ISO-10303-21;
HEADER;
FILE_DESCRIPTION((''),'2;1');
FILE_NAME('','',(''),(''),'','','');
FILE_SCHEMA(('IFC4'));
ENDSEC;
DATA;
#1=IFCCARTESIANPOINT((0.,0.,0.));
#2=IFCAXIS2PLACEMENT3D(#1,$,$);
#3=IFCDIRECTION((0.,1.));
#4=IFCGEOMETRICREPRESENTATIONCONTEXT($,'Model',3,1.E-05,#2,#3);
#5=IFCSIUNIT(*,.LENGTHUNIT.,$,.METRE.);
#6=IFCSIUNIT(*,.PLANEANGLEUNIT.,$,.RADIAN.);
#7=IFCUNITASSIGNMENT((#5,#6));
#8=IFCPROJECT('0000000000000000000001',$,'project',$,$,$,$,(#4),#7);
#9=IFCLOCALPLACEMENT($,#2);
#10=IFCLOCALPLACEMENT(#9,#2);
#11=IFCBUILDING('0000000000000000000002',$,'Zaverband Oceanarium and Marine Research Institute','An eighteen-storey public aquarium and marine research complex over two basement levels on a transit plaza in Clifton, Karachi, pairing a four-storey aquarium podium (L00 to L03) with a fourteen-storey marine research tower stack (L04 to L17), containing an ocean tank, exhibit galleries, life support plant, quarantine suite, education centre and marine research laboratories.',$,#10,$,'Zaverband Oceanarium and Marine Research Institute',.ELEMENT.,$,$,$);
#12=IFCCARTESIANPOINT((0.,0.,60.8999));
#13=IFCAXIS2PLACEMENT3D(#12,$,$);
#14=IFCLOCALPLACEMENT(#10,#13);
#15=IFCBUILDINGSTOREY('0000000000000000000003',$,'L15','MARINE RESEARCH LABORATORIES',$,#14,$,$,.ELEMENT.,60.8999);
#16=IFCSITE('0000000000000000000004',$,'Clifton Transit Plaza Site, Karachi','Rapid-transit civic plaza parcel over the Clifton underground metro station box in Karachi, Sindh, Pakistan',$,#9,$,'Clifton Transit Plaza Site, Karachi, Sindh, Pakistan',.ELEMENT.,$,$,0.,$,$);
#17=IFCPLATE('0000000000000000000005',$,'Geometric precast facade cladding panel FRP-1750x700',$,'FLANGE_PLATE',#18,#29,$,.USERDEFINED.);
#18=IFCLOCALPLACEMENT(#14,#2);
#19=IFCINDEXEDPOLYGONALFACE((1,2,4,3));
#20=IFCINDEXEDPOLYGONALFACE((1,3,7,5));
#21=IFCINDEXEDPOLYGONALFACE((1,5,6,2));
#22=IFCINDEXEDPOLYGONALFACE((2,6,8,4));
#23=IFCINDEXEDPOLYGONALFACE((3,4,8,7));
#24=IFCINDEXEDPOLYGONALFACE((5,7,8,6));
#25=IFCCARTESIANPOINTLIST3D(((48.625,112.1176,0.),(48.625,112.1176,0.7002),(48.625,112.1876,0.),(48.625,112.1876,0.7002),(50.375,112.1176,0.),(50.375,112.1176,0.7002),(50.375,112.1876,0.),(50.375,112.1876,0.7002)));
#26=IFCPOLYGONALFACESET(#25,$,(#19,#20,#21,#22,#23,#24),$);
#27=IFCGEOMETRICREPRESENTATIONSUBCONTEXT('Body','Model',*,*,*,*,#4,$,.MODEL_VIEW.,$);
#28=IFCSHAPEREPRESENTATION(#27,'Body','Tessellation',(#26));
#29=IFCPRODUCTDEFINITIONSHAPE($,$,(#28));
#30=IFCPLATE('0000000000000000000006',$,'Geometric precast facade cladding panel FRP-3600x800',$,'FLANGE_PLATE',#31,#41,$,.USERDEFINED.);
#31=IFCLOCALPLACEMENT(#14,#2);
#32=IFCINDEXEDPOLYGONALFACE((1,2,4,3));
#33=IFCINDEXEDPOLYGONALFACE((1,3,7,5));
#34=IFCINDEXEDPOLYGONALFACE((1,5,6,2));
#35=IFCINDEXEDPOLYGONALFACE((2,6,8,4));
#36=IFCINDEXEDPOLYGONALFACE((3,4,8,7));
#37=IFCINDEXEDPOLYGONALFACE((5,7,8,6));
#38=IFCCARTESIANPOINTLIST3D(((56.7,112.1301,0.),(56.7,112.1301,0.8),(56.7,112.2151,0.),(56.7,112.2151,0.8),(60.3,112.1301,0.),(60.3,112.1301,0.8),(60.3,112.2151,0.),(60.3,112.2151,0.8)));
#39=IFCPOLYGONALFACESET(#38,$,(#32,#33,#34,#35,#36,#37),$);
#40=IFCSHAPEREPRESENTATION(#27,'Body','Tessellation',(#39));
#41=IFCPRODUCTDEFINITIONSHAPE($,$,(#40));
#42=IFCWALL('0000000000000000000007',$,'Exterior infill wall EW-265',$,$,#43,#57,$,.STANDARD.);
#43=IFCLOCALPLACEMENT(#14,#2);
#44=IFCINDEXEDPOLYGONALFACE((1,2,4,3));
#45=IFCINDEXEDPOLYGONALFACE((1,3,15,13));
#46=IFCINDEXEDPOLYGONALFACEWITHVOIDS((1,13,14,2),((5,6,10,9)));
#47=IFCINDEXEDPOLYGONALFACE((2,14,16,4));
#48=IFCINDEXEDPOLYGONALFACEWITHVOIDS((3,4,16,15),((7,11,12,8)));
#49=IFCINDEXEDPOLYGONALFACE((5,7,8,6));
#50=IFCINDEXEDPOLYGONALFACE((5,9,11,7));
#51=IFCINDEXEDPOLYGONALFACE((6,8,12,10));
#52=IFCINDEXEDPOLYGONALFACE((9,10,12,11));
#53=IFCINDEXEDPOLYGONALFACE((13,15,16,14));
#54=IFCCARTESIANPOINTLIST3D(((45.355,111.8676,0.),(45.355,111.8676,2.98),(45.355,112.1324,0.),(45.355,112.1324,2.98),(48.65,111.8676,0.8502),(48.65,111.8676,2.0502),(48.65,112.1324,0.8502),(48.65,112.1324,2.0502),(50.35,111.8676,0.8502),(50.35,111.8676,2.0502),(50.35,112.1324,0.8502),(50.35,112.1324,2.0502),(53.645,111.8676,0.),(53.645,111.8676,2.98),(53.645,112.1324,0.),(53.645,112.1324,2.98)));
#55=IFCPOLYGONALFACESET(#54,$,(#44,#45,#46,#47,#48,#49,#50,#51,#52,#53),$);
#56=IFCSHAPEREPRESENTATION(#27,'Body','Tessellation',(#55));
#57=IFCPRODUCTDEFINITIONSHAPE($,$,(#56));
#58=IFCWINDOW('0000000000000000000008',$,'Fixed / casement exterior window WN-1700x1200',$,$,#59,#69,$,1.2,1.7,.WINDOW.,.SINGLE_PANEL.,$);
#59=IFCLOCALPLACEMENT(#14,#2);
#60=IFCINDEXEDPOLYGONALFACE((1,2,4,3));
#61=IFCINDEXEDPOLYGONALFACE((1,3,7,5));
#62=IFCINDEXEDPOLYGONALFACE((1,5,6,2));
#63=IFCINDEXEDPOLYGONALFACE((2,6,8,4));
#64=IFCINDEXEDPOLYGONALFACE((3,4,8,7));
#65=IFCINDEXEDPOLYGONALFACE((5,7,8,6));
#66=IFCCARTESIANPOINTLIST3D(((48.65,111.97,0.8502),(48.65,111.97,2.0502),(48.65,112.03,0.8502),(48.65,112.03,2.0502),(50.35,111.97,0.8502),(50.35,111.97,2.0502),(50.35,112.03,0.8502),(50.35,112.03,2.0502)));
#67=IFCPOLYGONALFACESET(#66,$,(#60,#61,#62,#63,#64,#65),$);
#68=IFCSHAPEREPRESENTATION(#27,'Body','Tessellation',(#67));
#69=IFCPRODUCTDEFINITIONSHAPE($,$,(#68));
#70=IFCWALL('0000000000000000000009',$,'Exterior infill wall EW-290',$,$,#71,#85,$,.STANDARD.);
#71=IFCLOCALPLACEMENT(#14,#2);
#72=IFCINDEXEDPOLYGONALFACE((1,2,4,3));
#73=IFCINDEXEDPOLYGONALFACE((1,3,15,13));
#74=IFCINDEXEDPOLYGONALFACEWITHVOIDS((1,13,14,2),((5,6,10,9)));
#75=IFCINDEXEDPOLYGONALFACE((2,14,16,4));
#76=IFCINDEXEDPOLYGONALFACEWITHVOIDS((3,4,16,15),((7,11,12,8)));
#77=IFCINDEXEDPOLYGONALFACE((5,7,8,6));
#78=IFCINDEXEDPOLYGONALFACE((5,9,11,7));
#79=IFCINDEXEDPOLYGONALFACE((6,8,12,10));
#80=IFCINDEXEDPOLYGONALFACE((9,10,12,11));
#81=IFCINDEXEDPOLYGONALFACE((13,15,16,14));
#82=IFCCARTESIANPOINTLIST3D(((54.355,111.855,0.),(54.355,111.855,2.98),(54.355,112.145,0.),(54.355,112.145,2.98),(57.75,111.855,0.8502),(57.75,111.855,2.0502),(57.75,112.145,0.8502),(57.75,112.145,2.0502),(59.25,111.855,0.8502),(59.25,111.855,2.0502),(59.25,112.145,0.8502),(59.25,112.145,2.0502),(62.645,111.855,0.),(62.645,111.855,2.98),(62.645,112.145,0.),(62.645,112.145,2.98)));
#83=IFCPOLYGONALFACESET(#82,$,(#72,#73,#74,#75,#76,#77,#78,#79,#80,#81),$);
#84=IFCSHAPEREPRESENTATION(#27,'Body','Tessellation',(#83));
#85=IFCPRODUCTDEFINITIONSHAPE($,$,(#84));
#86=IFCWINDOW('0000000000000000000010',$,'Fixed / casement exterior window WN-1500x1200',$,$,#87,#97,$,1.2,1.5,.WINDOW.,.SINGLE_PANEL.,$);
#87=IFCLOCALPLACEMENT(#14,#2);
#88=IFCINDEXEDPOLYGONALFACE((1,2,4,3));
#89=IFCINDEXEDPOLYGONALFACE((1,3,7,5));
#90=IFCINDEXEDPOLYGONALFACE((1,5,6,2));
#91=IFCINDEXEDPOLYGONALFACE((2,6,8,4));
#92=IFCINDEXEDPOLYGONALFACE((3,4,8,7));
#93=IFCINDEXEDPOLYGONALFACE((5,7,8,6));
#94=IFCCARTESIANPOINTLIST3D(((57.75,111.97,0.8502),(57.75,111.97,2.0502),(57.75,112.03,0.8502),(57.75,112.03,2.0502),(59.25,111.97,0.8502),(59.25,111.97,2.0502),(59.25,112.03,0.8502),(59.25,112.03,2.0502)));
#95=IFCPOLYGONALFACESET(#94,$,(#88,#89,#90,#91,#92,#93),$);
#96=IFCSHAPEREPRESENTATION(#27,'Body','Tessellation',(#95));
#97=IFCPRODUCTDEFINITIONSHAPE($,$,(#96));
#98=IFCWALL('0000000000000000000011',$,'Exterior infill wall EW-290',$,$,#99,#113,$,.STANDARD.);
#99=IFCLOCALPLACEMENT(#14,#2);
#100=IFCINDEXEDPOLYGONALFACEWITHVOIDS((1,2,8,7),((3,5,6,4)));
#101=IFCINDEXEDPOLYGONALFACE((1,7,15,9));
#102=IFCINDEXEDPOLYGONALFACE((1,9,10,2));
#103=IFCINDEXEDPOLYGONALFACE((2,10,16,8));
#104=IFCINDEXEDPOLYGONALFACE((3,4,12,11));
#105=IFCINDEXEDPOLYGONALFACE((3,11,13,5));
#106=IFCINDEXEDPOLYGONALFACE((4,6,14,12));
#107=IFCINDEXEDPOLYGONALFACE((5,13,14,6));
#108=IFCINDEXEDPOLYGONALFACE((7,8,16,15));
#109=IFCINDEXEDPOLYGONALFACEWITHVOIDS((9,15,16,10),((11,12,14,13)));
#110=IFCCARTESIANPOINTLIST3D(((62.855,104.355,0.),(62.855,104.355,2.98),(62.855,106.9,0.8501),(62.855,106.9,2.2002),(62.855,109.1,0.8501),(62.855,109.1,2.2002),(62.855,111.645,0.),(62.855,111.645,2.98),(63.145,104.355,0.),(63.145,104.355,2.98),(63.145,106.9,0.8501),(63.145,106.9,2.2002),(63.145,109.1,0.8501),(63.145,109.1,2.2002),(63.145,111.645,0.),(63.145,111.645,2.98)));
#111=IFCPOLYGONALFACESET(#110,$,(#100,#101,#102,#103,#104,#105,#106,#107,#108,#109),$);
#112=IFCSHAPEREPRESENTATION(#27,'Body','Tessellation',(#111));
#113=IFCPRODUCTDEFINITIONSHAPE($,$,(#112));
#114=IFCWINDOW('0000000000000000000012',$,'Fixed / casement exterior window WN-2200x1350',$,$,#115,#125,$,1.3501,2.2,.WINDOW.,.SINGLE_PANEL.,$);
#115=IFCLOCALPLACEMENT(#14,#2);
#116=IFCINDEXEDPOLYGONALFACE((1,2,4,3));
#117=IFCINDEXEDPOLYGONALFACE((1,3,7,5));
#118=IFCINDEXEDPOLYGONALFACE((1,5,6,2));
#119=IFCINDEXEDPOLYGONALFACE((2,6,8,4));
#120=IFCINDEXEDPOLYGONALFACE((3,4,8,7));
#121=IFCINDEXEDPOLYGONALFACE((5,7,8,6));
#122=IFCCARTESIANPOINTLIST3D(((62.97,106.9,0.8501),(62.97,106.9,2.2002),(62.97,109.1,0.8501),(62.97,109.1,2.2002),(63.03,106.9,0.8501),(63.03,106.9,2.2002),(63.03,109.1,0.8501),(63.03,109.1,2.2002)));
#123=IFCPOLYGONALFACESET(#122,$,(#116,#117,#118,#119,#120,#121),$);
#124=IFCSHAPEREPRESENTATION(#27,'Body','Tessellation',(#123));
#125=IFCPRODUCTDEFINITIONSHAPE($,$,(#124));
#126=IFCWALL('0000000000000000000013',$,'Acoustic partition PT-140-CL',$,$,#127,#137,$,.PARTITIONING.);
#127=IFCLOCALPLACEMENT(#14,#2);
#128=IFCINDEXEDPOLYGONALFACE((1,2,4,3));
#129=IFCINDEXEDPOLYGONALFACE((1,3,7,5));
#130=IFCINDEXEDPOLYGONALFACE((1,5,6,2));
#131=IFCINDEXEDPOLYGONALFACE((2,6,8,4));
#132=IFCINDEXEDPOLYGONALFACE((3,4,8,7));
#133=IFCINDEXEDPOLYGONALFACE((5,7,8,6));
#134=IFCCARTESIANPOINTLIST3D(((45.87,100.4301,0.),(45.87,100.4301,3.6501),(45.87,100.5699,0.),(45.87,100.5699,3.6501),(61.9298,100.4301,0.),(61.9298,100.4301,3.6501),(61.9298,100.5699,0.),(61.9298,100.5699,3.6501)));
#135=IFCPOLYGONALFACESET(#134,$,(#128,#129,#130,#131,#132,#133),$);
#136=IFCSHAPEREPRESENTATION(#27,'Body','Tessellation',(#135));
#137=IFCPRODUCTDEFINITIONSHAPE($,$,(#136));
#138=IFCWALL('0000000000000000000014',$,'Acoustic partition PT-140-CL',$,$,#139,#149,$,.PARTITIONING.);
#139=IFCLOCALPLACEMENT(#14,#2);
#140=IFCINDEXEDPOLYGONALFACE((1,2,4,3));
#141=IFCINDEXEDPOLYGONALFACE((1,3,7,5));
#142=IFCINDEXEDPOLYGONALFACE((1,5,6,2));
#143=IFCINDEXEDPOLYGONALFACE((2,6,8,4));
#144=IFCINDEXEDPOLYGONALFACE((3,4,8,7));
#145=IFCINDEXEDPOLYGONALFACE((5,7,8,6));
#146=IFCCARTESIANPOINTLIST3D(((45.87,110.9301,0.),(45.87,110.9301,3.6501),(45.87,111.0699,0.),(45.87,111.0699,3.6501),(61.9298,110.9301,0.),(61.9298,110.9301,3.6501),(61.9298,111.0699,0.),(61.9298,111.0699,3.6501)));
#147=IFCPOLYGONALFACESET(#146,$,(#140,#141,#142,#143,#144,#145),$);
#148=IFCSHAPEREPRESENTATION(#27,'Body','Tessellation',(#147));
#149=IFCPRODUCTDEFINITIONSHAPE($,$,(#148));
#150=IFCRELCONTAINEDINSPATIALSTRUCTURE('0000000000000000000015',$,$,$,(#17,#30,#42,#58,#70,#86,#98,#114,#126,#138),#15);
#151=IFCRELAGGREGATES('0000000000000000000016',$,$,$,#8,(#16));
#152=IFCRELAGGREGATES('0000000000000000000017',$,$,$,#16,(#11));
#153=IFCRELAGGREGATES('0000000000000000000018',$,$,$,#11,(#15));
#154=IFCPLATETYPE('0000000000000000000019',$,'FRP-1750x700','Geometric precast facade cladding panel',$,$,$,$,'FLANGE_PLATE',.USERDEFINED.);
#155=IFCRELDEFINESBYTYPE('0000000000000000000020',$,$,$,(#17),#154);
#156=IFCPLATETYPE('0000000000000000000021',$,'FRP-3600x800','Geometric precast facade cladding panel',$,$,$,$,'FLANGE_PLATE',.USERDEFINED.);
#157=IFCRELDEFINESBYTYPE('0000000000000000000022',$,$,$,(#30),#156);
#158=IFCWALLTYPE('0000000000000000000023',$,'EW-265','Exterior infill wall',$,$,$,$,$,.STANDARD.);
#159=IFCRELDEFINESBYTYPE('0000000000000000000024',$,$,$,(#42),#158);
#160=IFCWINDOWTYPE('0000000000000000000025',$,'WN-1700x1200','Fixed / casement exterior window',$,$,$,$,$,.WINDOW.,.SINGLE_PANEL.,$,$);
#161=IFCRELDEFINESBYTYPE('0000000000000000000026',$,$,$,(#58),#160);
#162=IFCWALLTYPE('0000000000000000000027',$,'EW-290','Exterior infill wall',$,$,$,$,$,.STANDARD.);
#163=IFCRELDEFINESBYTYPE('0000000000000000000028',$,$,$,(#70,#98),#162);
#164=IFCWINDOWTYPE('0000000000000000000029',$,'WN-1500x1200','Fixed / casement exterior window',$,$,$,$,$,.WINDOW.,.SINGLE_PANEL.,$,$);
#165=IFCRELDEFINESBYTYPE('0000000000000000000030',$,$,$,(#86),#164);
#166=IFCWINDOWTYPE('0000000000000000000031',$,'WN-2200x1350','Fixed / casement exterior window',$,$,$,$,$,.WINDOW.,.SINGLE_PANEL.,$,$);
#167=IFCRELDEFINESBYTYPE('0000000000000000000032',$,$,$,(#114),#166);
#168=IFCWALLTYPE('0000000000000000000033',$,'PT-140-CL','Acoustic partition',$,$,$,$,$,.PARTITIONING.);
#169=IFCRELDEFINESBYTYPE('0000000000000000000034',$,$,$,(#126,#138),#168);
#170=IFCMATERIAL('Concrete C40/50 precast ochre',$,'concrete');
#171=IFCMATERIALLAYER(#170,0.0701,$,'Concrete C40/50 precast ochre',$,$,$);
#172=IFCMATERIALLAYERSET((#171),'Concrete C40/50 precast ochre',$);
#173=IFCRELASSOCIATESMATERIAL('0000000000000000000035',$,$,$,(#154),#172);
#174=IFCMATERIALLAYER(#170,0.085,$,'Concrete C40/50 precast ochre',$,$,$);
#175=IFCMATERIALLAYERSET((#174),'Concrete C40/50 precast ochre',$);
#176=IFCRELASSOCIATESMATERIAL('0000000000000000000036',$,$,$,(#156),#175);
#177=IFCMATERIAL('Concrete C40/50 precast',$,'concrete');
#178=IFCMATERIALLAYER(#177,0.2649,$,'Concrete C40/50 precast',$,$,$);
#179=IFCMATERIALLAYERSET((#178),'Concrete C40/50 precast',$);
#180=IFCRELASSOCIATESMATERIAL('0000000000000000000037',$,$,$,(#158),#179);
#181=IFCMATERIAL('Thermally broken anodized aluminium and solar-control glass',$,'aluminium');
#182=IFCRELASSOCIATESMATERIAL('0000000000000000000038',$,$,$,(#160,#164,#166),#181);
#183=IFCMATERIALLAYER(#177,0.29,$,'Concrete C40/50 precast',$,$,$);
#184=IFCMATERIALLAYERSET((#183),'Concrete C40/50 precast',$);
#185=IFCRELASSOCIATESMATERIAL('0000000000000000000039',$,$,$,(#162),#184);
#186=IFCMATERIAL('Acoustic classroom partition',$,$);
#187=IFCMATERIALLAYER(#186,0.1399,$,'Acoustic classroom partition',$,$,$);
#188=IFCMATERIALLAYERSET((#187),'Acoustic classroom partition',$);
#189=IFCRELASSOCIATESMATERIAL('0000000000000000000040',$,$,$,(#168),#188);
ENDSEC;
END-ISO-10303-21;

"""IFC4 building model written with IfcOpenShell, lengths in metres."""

from ifc_helpers import new_model, si_unit, direction, frame, frame_2d, origin, place, context, subcontext, project, spatial, rectangle, extrude, material, layer, layer_set, type_object, element, fill, save


model = new_model("IFC4")

# Units and contexts
model_context = context("Model", 3, precision=1e-05, world=origin(), true_north=direction((0.0, 1.0)))
body_context = subcontext(model_context, "Body", "Model", "MODEL_VIEW")
ifc_project = project(units=[si_unit("LENGTHUNIT", "METRE"), si_unit("PLANEANGLEUNIT", "RADIAN")], contexts=[model_context])

# Site, building, storey
site_placement = place(None, origin())
site = spatial("IfcSite", under=ifc_project, at=site_placement, Name="Clifton Transit Plaza Site, Karachi", Description="Rapid-transit civic plaza parcel over the Clifton underground metro station box in Karachi, Sindh, Pakistan", LongName="Clifton Transit Plaza Site, Karachi, Sindh, Pakistan", CompositionType="ELEMENT", RefElevation=0.0)
building_placement = place(site_placement, origin())
building = spatial("IfcBuilding", under=site, at=building_placement, Name="Zaverband Oceanarium and Marine Research Institute", Description="An eighteen-storey public aquarium and marine research complex over two basement levels on a transit plaza in Clifton, Karachi, pairing a four-storey aquarium podium (L00 to L03) with a fourteen-storey marine research tower stack (L04 to L17), containing an ocean tank, exhibit galleries, life support plant, quarantine suite, education centre and marine research laboratories.", LongName="Zaverband Oceanarium and Marine Research Institute", CompositionType="ELEMENT")
storey_placement = place(building_placement, frame((0.0, 0.0, 60.8999)))
storey = spatial("IfcBuildingStorey", under=building, at=storey_placement, Name="L15", Description="MARINE RESEARCH LABORATORIES", CompositionType="ELEMENT", Elevation=60.8999)

# Plates
ifc_material_1 = material(Name="Concrete C40/50 precast ochre", Category="concrete")
ifc_layer_1 = layer(ifc_material_1, 0.0701, Name="Concrete C40/50 precast ochre")
ifc_layer_set_1 = layer_set([ifc_layer_1], Name="Concrete C40/50 precast ochre")
plate_type_1 = type_object("IfcPlateType", Name="FRP-1750x700", Description="Geometric precast facade cladding panel", ElementType="FLANGE_PLATE", PredefinedType="USERDEFINED", material=ifc_layer_set_1)
plate_1_placement = place(storey_placement, frame((48.625, 112.1526, 0.0), z_axis=(0.0, 0.0, 1.0), x_axis=(1.0, 0.0, 0.0)))
element("IfcPlate", 1, at=plate_1_placement, inside=storey, type_object=plate_type_1, Name="Geometric precast facade cladding panel FRP-1750x700", ObjectType="FLANGE_PLATE", PredefinedType="USERDEFINED", context=body_context, shape_type="SweptSolid", body=[
    extrude(rectangle(XDim=1.75, YDim=0.0701, at=frame_2d((0.875, 0.0))), origin(), (0.0, 0.0, 1.0), 0.7002),
])
ifc_layer_2 = layer(ifc_material_1, 0.085, Name="Concrete C40/50 precast ochre")
ifc_layer_set_2 = layer_set([ifc_layer_2], Name="Concrete C40/50 precast ochre")
plate_type_2 = type_object("IfcPlateType", Name="FRP-3600x800", Description="Geometric precast facade cladding panel", ElementType="FLANGE_PLATE", PredefinedType="USERDEFINED", material=ifc_layer_set_2)
plate_2_placement = place(storey_placement, frame((56.7, 112.1726, 0.0), z_axis=(0.0, 0.0, 1.0), x_axis=(1.0, 0.0, 0.0)))
element("IfcPlate", 2, at=plate_2_placement, inside=storey, type_object=plate_type_2, Name="Geometric precast facade cladding panel FRP-3600x800", ObjectType="FLANGE_PLATE", PredefinedType="USERDEFINED", context=body_context, shape_type="SweptSolid", body=[
    extrude(rectangle(XDim=3.6001, YDim=0.085, at=frame_2d((1.8, 0.0))), origin(), (0.0, 0.0, 1.0), 0.8),
])

# Walls, openings, windows
ifc_material_2 = material(Name="Concrete C40/50 precast", Category="concrete")
ifc_layer_3 = layer(ifc_material_2, 0.2649, Name="Concrete C40/50 precast")
ifc_layer_set_3 = layer_set([ifc_layer_3], Name="Concrete C40/50 precast")
wall_type_1 = type_object("IfcWallType", Name="EW-265", Description="Exterior infill wall", PredefinedType="STANDARD", material=ifc_layer_set_3)
wall_1_placement = place(storey_placement, frame((45.355, 112.0, 0.0), z_axis=(0.0, 0.0, 1.0), x_axis=(1.0, 0.0, 0.0)))
wall_1 = element("IfcWall", 3, at=wall_1_placement, inside=storey, type_object=wall_type_1, Name="Exterior infill wall EW-265", PredefinedType="STANDARD", context=body_context, shape_type="SweptSolid", body=[
    extrude(rectangle(XDim=8.29, YDim=0.2649, at=frame_2d((4.145, 0.0))), origin(), (0.0, 0.0, 1.0), 2.98),
])
opening_1_placement = place(wall_1_placement, frame((3.2949, 0.0, 0.8501)))
opening_1 = element("IfcOpeningElement", 4, at=opening_1_placement, cuts=wall_1, PredefinedType="OPENING", context=body_context, shape_type="SweptSolid", body=[
    extrude(rectangle(XDim=1.7, YDim=1.2, at=frame_2d((0.8501, 0.6001))), frame((0.0, 0.1445, 0.0), z_axis=(0.0, -1.0, 0.0), x_axis=(1.0, 0.0, 0.0)), (0.0, 0.0, 1.0), 0.2888),
])
ifc_material_3 = material(Name="Thermally broken anodized aluminium and solar-control glass", Category="aluminium")
window_type_1 = type_object("IfcWindowType", Name="WN-1700x1200", Description="Fixed / casement exterior window", PartitioningType="SINGLE_PANEL", PredefinedType="WINDOW", material=ifc_material_3)
window_1_placement = place(opening_1_placement, origin())
window_1 = element("IfcWindow", 5, at=window_1_placement, inside=storey, type_object=window_type_1, Name="Fixed / casement exterior window WN-1700x1200", OverallHeight=1.2, OverallWidth=1.7, PartitioningType="SINGLE_PANEL", PredefinedType="WINDOW", context=body_context, shape_type="SweptSolid", body=[
    extrude(rectangle(XDim=1.7, YDim=1.2, at=frame_2d((0.8501, 0.6001))), frame((0.0, 0.03, 0.0), z_axis=(0.0, -1.0, 0.0), x_axis=(1.0, 0.0, 0.0)), (0.0, 0.0, 1.0), 0.0601),
])
fill(opening_1, window_1)
ifc_layer_4 = layer(ifc_material_2, 0.29, Name="Concrete C40/50 precast")
ifc_layer_set_4 = layer_set([ifc_layer_4], Name="Concrete C40/50 precast")
wall_type_2 = type_object("IfcWallType", Name="EW-290", Description="Exterior infill wall", PredefinedType="STANDARD", material=ifc_layer_set_4)
wall_2_placement = place(storey_placement, frame((54.355, 112.0, 0.0), z_axis=(0.0, 0.0, 1.0), x_axis=(1.0, 0.0, 0.0)))
wall_2 = element("IfcWall", 6, at=wall_2_placement, inside=storey, type_object=wall_type_2, Name="Exterior infill wall EW-290", PredefinedType="STANDARD", context=body_context, shape_type="SweptSolid", body=[
    extrude(rectangle(XDim=8.29, YDim=0.29, at=frame_2d((4.145, 0.0))), origin(), (0.0, 0.0, 1.0), 2.98),
])
opening_2_placement = place(wall_2_placement, frame((3.395, 0.0, 0.8501)))
opening_2 = element("IfcOpeningElement", 7, at=opening_2_placement, cuts=wall_2, PredefinedType="OPENING", context=body_context, shape_type="SweptSolid", body=[
    extrude(rectangle(XDim=1.5, YDim=1.2, at=frame_2d((0.75, 0.6001))), frame((0.0, 0.157, 0.0), z_axis=(0.0, -1.0, 0.0), x_axis=(1.0, 0.0, 0.0)), (0.0, 0.0, 1.0), 0.314),
])
window_type_2 = type_object("IfcWindowType", Name="WN-1500x1200", Description="Fixed / casement exterior window", PartitioningType="SINGLE_PANEL", PredefinedType="WINDOW", material=ifc_material_3)
window_2_placement = place(opening_2_placement, origin())
window_2 = element("IfcWindow", 8, at=window_2_placement, inside=storey, type_object=window_type_2, Name="Fixed / casement exterior window WN-1500x1200", OverallHeight=1.2, OverallWidth=1.5, PartitioningType="SINGLE_PANEL", PredefinedType="WINDOW", context=body_context, shape_type="SweptSolid", body=[
    extrude(rectangle(XDim=1.5, YDim=1.2, at=frame_2d((0.75, 0.6001))), frame((0.0, 0.03, 0.0), z_axis=(0.0, -1.0, 0.0), x_axis=(1.0, 0.0, 0.0)), (0.0, 0.0, 1.0), 0.0601),
])
fill(opening_2, window_2)
wall_3_placement = place(storey_placement, frame((63.0, 104.355, 0.0), z_axis=(0.0, 0.0, 1.0), x_axis=(0.0, 1.0, 0.0)))
wall_3 = element("IfcWall", 9, at=wall_3_placement, inside=storey, type_object=wall_type_2, Name="Exterior infill wall EW-290", PredefinedType="STANDARD", context=body_context, shape_type="SweptSolid", body=[
    extrude(rectangle(XDim=7.29, YDim=0.29, at=frame_2d((3.645, 0.0))), origin(), (0.0, 0.0, 1.0), 2.98),
])
opening_3_placement = place(wall_3_placement, frame((2.5449, 0.0, 0.8501)))
opening_3 = element("IfcOpeningElement", 10, at=opening_3_placement, cuts=wall_3, PredefinedType="OPENING", context=body_context, shape_type="SweptSolid", body=[
    extrude(rectangle(XDim=2.2, YDim=1.3501, at=frame_2d((1.1001, 0.675))), frame((0.0, 0.157, 0.0), z_axis=(0.0, -1.0, 0.0), x_axis=(1.0, 0.0, 0.0)), (0.0, 0.0, 1.0), 0.314),
])
window_type_3 = type_object("IfcWindowType", Name="WN-2200x1350", Description="Fixed / casement exterior window", PartitioningType="SINGLE_PANEL", PredefinedType="WINDOW", material=ifc_material_3)
window_3_placement = place(opening_3_placement, origin())
window_3 = element("IfcWindow", 11, at=window_3_placement, inside=storey, type_object=window_type_3, Name="Fixed / casement exterior window WN-2200x1350", OverallHeight=1.3501, OverallWidth=2.2, PartitioningType="SINGLE_PANEL", PredefinedType="WINDOW", context=body_context, shape_type="SweptSolid", body=[
    extrude(rectangle(XDim=2.2, YDim=1.3501, at=frame_2d((1.1001, 0.675))), frame((0.0, 0.03, 0.0), z_axis=(0.0, -1.0, 0.0), x_axis=(1.0, 0.0, 0.0)), (0.0, 0.0, 1.0), 0.0601),
])
fill(opening_3, window_3)

# Walls
ifc_material_4 = material(Name="Acoustic classroom partition")
ifc_layer_5 = layer(ifc_material_4, 0.1399, Name="Acoustic classroom partition")
ifc_layer_set_5 = layer_set([ifc_layer_5], Name="Acoustic classroom partition")
wall_type_3 = type_object("IfcWallType", Name="PT-140-CL", Description="Acoustic partition", PredefinedType="PARTITIONING", material=ifc_layer_set_5)
for number, where, z_axis, x_axis, name in (
    (12, (45.8701, 100.5, 0.0), (0.0, 0.0, 1.0), (1.0, 0.0, 0.0), "Acoustic partition PT-140-CL"),
    (13, (45.8701, 111.0, 0.0), (0.0, 0.0, 1.0), (1.0, 0.0, 0.0), "Acoustic partition PT-140-CL"),
):
    element("IfcWall", number, at=place(storey_placement, frame(where, z_axis=z_axis, x_axis=x_axis)), inside=storey, type_object=wall_type_3, Name=name, PredefinedType="PARTITIONING", context=body_context, shape_type="SweptSolid", body=[
        extrude(rectangle(XDim=16.0598, YDim=0.1399, at=frame_2d((8.0298, 0.0))), origin(), (0.0, 0.0, 1.0), 3.6501),
    ])

save(model, "model.ifc")
